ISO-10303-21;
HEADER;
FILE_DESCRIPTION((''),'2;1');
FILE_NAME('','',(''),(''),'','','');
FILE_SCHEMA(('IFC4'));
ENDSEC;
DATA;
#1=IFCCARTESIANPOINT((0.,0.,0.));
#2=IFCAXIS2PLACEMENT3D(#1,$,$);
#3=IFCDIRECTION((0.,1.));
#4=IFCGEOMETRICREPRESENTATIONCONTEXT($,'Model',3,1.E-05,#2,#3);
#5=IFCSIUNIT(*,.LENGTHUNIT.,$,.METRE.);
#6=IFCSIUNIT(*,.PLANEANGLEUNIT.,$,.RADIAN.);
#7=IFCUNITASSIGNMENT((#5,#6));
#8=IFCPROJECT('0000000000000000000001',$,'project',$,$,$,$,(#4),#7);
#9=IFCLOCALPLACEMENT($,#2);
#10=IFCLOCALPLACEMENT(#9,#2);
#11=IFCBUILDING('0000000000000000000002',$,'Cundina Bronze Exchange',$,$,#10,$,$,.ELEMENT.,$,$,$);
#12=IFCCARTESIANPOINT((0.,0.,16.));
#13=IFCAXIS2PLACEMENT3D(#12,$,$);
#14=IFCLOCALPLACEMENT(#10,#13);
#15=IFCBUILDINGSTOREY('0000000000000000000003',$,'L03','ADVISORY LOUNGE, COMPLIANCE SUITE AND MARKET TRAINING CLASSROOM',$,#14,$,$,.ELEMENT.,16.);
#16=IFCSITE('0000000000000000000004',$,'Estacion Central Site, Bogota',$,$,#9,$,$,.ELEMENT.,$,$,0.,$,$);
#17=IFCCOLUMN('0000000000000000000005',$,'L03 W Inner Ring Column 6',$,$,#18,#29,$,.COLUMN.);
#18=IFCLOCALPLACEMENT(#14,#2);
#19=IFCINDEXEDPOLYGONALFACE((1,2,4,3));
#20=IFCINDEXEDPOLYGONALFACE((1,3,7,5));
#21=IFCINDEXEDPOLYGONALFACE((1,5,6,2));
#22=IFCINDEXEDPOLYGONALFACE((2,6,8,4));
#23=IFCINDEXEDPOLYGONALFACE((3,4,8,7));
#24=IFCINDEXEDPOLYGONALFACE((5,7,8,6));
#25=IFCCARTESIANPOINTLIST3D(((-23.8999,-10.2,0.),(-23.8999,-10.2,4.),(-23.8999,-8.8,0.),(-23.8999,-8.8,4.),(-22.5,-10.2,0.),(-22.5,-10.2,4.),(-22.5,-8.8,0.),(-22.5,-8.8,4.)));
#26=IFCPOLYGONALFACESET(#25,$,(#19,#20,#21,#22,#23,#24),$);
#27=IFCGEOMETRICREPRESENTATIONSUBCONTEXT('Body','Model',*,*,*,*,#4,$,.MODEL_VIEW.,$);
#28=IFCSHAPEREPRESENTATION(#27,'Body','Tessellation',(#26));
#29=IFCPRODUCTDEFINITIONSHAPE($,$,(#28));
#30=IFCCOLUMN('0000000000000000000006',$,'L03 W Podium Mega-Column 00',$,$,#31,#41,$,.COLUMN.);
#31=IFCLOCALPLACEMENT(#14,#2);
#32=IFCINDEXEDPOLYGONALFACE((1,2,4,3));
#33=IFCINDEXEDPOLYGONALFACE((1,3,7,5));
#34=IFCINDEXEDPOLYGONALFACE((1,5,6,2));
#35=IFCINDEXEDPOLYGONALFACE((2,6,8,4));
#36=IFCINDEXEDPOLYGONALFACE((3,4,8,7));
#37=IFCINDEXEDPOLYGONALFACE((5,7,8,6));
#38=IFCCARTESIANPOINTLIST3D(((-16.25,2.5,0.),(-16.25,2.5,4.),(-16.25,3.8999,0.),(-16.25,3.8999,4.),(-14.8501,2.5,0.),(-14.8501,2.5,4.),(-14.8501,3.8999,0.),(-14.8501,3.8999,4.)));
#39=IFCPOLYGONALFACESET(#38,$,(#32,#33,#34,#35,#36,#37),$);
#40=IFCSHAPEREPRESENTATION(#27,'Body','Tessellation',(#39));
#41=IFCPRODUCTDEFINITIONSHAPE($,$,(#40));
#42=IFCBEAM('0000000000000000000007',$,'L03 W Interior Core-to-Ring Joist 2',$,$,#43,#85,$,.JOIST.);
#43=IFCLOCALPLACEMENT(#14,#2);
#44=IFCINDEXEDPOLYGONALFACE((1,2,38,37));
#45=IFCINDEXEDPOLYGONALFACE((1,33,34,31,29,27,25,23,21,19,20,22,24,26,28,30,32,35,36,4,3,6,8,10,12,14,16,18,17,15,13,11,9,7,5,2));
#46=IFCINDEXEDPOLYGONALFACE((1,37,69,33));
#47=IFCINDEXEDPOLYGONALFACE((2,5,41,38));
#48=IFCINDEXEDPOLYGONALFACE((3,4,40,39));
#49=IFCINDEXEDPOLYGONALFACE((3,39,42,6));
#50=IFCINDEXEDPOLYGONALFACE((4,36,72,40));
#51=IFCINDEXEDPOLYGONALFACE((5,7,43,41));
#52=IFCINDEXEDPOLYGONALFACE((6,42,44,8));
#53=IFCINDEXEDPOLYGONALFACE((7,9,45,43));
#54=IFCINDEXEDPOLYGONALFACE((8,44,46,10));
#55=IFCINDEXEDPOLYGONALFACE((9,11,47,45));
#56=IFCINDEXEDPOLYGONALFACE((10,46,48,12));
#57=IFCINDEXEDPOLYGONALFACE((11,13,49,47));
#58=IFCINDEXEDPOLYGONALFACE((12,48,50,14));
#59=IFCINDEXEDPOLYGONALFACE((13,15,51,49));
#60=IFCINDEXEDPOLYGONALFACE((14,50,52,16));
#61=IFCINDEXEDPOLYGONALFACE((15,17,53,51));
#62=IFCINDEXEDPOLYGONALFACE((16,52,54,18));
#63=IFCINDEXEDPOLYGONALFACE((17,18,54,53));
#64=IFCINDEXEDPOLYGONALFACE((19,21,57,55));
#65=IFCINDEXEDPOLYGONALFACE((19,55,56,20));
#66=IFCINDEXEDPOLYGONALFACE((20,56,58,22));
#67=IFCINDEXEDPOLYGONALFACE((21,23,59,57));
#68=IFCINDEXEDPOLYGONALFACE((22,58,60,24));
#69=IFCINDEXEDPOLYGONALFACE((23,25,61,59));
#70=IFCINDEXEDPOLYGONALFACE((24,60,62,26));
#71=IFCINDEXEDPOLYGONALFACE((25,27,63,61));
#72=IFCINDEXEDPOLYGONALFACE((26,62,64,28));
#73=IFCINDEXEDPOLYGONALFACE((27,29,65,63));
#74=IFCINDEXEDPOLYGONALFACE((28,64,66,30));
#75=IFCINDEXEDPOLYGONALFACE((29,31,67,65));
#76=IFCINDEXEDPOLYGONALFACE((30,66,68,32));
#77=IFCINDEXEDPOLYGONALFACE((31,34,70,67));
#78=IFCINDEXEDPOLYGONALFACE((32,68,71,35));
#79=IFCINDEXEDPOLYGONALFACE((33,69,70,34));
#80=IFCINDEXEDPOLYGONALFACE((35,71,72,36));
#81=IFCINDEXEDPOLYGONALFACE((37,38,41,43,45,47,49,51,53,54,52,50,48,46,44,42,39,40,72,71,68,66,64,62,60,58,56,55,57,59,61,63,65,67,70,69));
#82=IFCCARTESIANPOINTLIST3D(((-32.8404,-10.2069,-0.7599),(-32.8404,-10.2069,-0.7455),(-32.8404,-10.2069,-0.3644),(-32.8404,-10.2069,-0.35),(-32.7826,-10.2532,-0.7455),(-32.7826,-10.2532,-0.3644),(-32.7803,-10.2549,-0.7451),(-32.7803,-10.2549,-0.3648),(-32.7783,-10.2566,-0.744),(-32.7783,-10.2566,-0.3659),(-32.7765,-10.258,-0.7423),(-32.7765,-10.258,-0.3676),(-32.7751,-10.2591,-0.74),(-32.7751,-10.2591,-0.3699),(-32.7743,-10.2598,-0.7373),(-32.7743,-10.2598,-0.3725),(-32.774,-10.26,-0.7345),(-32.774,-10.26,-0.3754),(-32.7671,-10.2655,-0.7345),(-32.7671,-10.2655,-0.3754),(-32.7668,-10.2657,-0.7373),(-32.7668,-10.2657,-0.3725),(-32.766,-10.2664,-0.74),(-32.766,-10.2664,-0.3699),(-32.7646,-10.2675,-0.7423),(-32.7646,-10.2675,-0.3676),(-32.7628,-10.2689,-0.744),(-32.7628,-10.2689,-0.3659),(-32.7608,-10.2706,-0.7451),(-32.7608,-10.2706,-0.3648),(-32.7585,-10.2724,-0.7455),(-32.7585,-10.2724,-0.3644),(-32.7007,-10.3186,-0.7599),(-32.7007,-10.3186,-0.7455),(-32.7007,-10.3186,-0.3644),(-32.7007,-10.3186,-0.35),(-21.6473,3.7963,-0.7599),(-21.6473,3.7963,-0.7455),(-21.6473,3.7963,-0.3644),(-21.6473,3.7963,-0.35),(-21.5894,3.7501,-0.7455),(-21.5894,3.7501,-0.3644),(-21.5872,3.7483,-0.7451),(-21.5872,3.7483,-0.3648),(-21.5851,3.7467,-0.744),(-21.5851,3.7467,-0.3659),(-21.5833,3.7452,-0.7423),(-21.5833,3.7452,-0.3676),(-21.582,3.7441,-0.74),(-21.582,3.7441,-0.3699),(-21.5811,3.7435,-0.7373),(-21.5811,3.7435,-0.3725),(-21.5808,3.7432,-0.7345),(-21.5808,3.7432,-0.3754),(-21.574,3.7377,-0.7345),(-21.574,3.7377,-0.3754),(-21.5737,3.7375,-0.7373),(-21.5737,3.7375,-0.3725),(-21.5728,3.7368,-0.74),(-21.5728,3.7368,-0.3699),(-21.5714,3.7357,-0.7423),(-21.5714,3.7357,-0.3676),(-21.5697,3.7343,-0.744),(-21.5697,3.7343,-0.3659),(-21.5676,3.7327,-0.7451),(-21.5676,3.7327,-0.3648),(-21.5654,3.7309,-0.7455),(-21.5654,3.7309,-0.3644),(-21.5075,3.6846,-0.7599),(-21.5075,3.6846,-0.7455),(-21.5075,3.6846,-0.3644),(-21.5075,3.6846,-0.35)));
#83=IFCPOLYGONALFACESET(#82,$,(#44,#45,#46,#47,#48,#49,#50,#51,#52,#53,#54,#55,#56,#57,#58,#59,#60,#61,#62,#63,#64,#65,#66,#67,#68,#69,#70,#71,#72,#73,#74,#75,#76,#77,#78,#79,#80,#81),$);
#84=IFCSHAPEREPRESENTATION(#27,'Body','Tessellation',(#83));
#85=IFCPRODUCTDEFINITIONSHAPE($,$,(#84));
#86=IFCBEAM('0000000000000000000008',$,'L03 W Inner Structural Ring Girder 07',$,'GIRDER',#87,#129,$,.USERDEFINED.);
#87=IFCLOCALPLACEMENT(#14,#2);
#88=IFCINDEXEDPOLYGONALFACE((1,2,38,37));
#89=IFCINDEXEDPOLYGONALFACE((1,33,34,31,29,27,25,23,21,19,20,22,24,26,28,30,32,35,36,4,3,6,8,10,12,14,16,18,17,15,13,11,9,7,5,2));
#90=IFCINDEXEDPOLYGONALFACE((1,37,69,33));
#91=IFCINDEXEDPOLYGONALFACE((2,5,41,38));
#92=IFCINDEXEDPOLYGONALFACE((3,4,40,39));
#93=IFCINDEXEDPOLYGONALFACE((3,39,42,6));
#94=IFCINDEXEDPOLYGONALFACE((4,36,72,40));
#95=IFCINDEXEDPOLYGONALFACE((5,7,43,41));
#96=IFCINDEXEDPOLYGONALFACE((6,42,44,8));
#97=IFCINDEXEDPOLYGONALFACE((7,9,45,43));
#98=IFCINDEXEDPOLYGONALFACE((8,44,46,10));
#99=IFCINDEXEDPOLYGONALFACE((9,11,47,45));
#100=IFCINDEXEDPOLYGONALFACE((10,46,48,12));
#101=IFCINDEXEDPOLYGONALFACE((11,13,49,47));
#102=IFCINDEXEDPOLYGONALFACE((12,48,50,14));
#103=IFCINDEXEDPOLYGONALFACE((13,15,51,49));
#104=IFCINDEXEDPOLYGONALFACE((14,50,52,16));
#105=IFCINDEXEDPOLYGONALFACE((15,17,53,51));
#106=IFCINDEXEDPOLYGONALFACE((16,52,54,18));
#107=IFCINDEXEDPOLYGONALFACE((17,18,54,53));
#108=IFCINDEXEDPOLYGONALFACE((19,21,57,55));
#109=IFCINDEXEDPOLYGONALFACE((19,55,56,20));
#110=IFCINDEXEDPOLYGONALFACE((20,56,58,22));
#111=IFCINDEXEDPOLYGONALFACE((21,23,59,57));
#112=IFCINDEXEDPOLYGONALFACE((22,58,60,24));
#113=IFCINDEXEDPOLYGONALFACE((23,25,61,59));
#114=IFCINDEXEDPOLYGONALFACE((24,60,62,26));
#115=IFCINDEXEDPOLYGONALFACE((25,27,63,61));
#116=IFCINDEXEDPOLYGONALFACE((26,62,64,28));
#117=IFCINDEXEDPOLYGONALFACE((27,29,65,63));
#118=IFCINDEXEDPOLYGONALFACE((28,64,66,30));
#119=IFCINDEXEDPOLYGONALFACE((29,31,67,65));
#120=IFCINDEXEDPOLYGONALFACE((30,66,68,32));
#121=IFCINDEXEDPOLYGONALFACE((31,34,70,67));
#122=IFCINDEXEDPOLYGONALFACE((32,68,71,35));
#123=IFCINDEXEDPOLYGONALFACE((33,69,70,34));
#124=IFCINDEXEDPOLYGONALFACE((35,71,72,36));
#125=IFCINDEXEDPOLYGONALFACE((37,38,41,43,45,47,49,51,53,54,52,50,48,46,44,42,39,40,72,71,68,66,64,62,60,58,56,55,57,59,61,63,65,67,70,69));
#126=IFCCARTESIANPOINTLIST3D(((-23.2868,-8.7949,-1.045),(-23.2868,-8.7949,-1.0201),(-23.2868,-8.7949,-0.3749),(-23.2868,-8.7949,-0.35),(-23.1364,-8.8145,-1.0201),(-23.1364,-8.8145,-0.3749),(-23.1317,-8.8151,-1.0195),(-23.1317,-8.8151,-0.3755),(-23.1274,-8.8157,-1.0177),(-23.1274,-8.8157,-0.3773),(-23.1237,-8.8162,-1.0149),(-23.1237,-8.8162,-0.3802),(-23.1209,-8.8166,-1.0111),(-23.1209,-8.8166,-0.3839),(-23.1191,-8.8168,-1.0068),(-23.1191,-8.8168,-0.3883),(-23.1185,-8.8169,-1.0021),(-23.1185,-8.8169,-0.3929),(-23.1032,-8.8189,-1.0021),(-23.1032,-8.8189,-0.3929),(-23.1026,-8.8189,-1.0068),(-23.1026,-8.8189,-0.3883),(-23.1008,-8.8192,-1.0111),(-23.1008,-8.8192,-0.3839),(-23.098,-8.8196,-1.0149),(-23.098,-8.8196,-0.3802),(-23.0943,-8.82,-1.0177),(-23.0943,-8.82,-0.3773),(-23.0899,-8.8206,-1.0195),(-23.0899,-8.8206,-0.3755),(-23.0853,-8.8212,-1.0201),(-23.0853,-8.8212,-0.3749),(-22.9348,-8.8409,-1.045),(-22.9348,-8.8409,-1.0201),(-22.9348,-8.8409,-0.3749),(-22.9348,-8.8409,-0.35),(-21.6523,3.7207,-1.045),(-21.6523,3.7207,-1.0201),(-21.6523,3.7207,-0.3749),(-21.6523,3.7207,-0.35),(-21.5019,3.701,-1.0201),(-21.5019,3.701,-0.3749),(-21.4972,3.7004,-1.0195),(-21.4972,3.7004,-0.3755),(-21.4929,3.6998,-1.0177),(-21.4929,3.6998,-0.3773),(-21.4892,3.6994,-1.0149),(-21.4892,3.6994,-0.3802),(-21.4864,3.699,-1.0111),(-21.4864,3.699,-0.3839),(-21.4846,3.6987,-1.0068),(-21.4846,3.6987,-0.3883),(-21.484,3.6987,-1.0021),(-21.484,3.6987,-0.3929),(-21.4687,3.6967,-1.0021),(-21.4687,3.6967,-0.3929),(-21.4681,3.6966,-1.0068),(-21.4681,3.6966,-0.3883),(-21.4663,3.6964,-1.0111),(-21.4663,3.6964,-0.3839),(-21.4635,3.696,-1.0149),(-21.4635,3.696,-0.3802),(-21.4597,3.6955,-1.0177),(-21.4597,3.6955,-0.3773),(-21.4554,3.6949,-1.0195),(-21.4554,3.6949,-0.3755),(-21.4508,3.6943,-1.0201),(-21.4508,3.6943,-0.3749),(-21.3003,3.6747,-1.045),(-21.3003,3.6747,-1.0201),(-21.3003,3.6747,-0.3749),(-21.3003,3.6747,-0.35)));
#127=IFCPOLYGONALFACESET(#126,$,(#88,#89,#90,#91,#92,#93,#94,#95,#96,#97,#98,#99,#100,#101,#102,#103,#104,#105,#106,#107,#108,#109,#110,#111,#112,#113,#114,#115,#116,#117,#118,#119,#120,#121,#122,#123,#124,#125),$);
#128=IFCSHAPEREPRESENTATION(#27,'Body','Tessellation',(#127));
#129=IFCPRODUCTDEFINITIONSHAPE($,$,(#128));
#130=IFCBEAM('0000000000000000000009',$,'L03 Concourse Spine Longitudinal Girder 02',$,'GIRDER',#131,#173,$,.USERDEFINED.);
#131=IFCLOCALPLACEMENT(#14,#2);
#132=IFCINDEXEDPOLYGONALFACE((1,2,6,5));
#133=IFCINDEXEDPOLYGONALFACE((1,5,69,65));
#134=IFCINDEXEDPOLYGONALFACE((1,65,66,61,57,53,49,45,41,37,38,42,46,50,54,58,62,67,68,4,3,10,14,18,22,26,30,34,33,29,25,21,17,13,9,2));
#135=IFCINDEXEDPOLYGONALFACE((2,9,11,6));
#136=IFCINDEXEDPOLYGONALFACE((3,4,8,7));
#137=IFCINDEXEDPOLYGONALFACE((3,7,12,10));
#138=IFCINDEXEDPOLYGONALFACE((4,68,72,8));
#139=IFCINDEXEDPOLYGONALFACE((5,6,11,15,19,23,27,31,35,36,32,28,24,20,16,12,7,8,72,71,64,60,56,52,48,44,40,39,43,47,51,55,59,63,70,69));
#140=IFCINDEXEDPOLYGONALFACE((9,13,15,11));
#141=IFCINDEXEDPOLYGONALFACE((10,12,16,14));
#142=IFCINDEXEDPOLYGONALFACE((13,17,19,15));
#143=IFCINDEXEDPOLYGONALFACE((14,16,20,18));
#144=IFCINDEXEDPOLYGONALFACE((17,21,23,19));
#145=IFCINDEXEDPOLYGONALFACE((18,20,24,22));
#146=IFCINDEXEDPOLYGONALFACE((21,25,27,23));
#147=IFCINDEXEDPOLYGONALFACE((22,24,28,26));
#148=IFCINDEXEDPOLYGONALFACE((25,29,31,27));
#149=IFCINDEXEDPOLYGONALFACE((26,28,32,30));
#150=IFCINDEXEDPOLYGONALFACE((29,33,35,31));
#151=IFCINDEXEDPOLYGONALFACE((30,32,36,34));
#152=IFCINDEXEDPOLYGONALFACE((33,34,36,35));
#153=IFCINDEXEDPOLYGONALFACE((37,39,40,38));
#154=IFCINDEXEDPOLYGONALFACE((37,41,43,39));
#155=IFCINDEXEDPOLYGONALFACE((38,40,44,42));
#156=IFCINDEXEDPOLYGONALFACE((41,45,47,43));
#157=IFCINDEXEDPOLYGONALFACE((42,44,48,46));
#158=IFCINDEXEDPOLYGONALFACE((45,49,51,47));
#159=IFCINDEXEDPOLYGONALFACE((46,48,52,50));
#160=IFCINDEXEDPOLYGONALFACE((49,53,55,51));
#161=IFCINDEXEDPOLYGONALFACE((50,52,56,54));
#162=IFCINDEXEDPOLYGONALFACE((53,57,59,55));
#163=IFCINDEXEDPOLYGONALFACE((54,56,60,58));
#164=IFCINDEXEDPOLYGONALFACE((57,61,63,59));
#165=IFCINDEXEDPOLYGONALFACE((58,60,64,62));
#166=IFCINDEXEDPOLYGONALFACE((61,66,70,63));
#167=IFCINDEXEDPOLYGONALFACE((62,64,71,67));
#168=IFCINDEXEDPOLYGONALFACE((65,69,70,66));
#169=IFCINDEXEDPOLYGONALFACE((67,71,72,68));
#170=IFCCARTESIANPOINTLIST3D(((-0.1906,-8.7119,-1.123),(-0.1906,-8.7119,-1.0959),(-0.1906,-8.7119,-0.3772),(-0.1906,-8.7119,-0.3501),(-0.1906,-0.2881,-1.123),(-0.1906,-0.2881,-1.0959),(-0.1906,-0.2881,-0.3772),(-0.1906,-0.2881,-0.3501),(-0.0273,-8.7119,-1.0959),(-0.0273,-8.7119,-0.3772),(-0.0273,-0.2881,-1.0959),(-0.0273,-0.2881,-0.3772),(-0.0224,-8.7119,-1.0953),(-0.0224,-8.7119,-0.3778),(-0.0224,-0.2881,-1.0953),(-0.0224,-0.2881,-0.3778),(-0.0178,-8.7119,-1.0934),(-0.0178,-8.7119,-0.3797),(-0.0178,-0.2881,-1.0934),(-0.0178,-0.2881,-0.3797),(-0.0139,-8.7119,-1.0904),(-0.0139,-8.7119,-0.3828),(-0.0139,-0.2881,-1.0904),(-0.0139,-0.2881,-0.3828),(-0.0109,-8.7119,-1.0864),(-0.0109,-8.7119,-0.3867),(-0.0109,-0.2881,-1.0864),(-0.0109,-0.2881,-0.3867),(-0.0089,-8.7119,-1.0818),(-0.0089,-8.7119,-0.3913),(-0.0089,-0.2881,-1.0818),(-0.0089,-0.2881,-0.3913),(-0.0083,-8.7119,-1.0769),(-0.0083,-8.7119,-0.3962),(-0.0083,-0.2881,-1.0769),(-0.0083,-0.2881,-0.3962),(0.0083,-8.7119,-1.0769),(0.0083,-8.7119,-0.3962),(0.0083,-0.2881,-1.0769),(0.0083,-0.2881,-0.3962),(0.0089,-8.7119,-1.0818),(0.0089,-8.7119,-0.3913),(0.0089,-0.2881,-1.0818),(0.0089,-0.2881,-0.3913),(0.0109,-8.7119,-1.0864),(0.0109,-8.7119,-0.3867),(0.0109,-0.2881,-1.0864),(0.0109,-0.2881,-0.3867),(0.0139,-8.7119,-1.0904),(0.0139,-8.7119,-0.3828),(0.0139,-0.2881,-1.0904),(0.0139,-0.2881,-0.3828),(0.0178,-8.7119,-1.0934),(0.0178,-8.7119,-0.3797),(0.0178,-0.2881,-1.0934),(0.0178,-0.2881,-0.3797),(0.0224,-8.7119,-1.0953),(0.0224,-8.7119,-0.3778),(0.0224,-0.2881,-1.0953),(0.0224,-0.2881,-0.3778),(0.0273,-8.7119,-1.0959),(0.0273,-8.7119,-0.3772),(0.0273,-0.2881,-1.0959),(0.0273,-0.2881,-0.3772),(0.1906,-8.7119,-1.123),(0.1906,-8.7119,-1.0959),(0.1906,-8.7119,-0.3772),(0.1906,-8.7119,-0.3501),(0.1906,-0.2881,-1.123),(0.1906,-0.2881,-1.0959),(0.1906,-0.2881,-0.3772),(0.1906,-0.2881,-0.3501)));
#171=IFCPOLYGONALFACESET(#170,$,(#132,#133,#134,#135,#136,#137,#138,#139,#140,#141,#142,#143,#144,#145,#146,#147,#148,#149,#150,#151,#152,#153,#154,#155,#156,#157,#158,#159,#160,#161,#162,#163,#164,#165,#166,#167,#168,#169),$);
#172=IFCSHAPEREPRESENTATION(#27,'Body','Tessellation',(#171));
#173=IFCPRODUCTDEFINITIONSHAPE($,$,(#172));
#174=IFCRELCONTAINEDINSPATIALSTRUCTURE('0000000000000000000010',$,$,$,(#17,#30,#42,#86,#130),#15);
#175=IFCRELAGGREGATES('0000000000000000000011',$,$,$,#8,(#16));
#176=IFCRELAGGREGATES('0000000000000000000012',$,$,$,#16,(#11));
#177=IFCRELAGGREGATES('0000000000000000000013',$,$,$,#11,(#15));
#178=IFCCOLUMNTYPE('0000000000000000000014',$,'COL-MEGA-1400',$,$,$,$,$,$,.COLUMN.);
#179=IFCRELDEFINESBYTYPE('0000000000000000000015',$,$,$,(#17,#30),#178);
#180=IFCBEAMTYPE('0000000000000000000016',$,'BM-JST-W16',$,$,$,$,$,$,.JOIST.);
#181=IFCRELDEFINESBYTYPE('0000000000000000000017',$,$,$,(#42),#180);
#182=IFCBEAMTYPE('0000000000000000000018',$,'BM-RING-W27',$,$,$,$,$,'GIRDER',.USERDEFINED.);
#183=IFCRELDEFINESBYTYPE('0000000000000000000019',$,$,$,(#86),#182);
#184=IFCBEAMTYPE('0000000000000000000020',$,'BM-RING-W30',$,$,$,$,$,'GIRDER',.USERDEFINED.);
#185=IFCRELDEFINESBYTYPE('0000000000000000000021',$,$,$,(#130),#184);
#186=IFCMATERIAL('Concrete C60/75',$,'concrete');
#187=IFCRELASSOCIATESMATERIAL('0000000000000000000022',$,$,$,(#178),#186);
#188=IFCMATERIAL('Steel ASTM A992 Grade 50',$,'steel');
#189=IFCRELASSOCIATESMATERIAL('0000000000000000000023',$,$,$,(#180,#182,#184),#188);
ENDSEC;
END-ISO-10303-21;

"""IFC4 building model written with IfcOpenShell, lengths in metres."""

from ifc_helpers import new_model, si_unit, direction, frame, origin, origin_2d, place, context, subcontext, project, spatial, rectangle, i_section, extrude, material, material_profile, profile_set, type_object, element, save


model = new_model("IFC4")

# Units and contexts
model_context = context("Model", 3, precision=1e-05, world=origin(), true_north=direction((0.0, 1.0)))
body_context = subcontext(model_context, "Body", "Model", "MODEL_VIEW")
ifc_project = project(units=[si_unit("LENGTHUNIT", "METRE"), si_unit("PLANEANGLEUNIT", "RADIAN")], contexts=[model_context])

# Site, building, storey
site_placement = place(None, origin())
site = spatial("IfcSite", under=ifc_project, at=site_placement, Name="Estacion Central Site, Bogota", CompositionType="ELEMENT", RefElevation=0.0)
building_placement = place(site_placement, origin())
building = spatial("IfcBuilding", under=site, at=building_placement, Name="Cundina Bronze Exchange", CompositionType="ELEMENT")
storey_placement = place(building_placement, frame((0.0, 0.0, 16.0)))
storey = spatial("IfcBuildingStorey", under=building, at=storey_placement, Name="L03", Description="ADVISORY LOUNGE, COMPLIANCE SUITE AND MARKET TRAINING CLASSROOM", CompositionType="ELEMENT", Elevation=16.0)

# Columns
ifc_material_1 = material(Name="Concrete C60/75", Category="concrete")
ifc_material_profile_1 = material_profile(ifc_material_1, rectangle(XDim=1.3999, YDim=1.3999, at=origin_2d()), Name="RC1400X1400", Category="concrete")
ifc_profile_set_1 = profile_set([ifc_material_profile_1], Name="Concrete C60/75")
column_type = type_object("IfcColumnType", Name="COL-MEGA-1400", PredefinedType="COLUMN", material=ifc_profile_set_1)
for number, where, z_axis, x_axis, name in (
    (1, (-23.2, -9.5, 0.0), (0.0, 0.0, 1.0), (1.0, 0.0, 0.0), "L03 W Inner Ring Column 6"),
    (2, (-15.55, 3.2, 0.0), (0.0, 0.0, 1.0), (1.0, 0.0, 0.0), "L03 W Podium Mega-Column 00"),
):
    element("IfcColumn", number, at=place(storey_placement, frame(where, z_axis=z_axis, x_axis=x_axis)), inside=storey, type_object=column_type, Name=name, PredefinedType="COLUMN", context=body_context, shape_type="SweptSolid", body=[
        extrude(rectangle(XDim=1.3999, YDim=1.3999, at=origin_2d()), origin(), (0.0, 0.0, 1.0), 4.0),
    ])

# Beams
ifc_material_2 = material(Name="Steel ASTM A992 Grade 50", Category="steel")
ifc_material_profile_2 = material_profile(ifc_material_2, i_section(OverallWidth=0.179, OverallDepth=0.4099, WebThickness=0.0088, FlangeThickness=0.0144, FilletRadius=0.011, at=origin_2d()), Name="W16X45", Category="steel")
ifc_profile_set_2 = profile_set([ifc_material_profile_2], Name="Steel ASTM A992 Grade 50")
beam_type_1 = type_object("IfcBeamType", Name="BM-JST-W16", PredefinedType="JOIST", material=ifc_profile_set_2)
beam_1_placement = place(storey_placement, frame((-21.5774, 3.7405, -0.5549), z_axis=(-0.624374, -0.781125, 0.0), x_axis=(0.781125, -0.624374, 0.0)))
element("IfcBeam", 3, at=beam_1_placement, inside=storey, type_object=beam_type_1, Name="L03 W Interior Core-to-Ring Joist 2", PredefinedType="JOIST", context=body_context, shape_type="SweptSolid", body=[
    extrude(i_section(OverallWidth=0.179, OverallDepth=0.4099, WebThickness=0.0088, FlangeThickness=0.0144, FilletRadius=0.011, at=origin_2d()), origin(), (0.0, 0.0, 1.0), 17.927),
])
ifc_material_profile_3 = material_profile(ifc_material_2, i_section(OverallWidth=0.355, OverallDepth=0.6951, WebThickness=0.0154, FlangeThickness=0.0249, FilletRadius=0.0181, at=origin_2d()), Name="W27X146", Category="steel")
ifc_profile_set_3 = profile_set([ifc_material_profile_3], Name="Steel ASTM A992 Grade 50")
beam_type_2 = type_object("IfcBeamType", Name="BM-RING-W27", ElementType="GIRDER", PredefinedType="USERDEFINED", material=ifc_profile_set_3)
beam_2_placement = place(storey_placement, frame((-23.1108, -8.8179, -0.6975), z_axis=(0.129499, 0.99158, 0.0), x_axis=(-0.99158, 0.129499, 0.0)))
element("IfcBeam", 4, at=beam_2_placement, inside=storey, type_object=beam_type_2, Name="L03 W Inner Structural Ring Girder 07", ObjectType="GIRDER", PredefinedType="USERDEFINED", context=body_context, shape_type="SweptSolid", body=[
    extrude(i_section(OverallWidth=0.355, OverallDepth=0.6951, WebThickness=0.0154, FlangeThickness=0.0249, FilletRadius=0.0181, at=origin_2d()), origin(), (0.0, 0.0, 1.0), 12.6218),
])
ifc_material_profile_4 = material_profile(ifc_material_2, i_section(OverallWidth=0.3811, OverallDepth=0.7729, WebThickness=0.0166, FlangeThickness=0.0271, FilletRadius=0.019, at=origin_2d()), Name="W30X173", Category="steel")
ifc_profile_set_4 = profile_set([ifc_material_profile_4], Name="Steel ASTM A992 Grade 50")
beam_type_3 = type_object("IfcBeamType", Name="BM-RING-W30", ElementType="GIRDER", PredefinedType="USERDEFINED", material=ifc_profile_set_4)
for number, where, z_axis, x_axis, name in (
    (5, (0.0, -8.7119, -0.7366), (0.0, 1.0, 0.0), (-1.0, 0.0, 0.0), "L03 Concourse Spine Longitudinal Girder 02"),
):
    element("IfcBeam", number, at=place(storey_placement, frame(where, z_axis=z_axis, x_axis=x_axis)), inside=storey, type_object=beam_type_3, Name=name, ObjectType="GIRDER", PredefinedType="USERDEFINED", context=body_context, shape_type="SweptSolid", body=[
        extrude(i_section(OverallWidth=0.3811, OverallDepth=0.7729, WebThickness=0.0166, FlangeThickness=0.0271, FilletRadius=0.019, at=origin_2d()), origin(), (0.0, 0.0, 1.0), 8.4238),
    ])

save(model, "model.ifc")
